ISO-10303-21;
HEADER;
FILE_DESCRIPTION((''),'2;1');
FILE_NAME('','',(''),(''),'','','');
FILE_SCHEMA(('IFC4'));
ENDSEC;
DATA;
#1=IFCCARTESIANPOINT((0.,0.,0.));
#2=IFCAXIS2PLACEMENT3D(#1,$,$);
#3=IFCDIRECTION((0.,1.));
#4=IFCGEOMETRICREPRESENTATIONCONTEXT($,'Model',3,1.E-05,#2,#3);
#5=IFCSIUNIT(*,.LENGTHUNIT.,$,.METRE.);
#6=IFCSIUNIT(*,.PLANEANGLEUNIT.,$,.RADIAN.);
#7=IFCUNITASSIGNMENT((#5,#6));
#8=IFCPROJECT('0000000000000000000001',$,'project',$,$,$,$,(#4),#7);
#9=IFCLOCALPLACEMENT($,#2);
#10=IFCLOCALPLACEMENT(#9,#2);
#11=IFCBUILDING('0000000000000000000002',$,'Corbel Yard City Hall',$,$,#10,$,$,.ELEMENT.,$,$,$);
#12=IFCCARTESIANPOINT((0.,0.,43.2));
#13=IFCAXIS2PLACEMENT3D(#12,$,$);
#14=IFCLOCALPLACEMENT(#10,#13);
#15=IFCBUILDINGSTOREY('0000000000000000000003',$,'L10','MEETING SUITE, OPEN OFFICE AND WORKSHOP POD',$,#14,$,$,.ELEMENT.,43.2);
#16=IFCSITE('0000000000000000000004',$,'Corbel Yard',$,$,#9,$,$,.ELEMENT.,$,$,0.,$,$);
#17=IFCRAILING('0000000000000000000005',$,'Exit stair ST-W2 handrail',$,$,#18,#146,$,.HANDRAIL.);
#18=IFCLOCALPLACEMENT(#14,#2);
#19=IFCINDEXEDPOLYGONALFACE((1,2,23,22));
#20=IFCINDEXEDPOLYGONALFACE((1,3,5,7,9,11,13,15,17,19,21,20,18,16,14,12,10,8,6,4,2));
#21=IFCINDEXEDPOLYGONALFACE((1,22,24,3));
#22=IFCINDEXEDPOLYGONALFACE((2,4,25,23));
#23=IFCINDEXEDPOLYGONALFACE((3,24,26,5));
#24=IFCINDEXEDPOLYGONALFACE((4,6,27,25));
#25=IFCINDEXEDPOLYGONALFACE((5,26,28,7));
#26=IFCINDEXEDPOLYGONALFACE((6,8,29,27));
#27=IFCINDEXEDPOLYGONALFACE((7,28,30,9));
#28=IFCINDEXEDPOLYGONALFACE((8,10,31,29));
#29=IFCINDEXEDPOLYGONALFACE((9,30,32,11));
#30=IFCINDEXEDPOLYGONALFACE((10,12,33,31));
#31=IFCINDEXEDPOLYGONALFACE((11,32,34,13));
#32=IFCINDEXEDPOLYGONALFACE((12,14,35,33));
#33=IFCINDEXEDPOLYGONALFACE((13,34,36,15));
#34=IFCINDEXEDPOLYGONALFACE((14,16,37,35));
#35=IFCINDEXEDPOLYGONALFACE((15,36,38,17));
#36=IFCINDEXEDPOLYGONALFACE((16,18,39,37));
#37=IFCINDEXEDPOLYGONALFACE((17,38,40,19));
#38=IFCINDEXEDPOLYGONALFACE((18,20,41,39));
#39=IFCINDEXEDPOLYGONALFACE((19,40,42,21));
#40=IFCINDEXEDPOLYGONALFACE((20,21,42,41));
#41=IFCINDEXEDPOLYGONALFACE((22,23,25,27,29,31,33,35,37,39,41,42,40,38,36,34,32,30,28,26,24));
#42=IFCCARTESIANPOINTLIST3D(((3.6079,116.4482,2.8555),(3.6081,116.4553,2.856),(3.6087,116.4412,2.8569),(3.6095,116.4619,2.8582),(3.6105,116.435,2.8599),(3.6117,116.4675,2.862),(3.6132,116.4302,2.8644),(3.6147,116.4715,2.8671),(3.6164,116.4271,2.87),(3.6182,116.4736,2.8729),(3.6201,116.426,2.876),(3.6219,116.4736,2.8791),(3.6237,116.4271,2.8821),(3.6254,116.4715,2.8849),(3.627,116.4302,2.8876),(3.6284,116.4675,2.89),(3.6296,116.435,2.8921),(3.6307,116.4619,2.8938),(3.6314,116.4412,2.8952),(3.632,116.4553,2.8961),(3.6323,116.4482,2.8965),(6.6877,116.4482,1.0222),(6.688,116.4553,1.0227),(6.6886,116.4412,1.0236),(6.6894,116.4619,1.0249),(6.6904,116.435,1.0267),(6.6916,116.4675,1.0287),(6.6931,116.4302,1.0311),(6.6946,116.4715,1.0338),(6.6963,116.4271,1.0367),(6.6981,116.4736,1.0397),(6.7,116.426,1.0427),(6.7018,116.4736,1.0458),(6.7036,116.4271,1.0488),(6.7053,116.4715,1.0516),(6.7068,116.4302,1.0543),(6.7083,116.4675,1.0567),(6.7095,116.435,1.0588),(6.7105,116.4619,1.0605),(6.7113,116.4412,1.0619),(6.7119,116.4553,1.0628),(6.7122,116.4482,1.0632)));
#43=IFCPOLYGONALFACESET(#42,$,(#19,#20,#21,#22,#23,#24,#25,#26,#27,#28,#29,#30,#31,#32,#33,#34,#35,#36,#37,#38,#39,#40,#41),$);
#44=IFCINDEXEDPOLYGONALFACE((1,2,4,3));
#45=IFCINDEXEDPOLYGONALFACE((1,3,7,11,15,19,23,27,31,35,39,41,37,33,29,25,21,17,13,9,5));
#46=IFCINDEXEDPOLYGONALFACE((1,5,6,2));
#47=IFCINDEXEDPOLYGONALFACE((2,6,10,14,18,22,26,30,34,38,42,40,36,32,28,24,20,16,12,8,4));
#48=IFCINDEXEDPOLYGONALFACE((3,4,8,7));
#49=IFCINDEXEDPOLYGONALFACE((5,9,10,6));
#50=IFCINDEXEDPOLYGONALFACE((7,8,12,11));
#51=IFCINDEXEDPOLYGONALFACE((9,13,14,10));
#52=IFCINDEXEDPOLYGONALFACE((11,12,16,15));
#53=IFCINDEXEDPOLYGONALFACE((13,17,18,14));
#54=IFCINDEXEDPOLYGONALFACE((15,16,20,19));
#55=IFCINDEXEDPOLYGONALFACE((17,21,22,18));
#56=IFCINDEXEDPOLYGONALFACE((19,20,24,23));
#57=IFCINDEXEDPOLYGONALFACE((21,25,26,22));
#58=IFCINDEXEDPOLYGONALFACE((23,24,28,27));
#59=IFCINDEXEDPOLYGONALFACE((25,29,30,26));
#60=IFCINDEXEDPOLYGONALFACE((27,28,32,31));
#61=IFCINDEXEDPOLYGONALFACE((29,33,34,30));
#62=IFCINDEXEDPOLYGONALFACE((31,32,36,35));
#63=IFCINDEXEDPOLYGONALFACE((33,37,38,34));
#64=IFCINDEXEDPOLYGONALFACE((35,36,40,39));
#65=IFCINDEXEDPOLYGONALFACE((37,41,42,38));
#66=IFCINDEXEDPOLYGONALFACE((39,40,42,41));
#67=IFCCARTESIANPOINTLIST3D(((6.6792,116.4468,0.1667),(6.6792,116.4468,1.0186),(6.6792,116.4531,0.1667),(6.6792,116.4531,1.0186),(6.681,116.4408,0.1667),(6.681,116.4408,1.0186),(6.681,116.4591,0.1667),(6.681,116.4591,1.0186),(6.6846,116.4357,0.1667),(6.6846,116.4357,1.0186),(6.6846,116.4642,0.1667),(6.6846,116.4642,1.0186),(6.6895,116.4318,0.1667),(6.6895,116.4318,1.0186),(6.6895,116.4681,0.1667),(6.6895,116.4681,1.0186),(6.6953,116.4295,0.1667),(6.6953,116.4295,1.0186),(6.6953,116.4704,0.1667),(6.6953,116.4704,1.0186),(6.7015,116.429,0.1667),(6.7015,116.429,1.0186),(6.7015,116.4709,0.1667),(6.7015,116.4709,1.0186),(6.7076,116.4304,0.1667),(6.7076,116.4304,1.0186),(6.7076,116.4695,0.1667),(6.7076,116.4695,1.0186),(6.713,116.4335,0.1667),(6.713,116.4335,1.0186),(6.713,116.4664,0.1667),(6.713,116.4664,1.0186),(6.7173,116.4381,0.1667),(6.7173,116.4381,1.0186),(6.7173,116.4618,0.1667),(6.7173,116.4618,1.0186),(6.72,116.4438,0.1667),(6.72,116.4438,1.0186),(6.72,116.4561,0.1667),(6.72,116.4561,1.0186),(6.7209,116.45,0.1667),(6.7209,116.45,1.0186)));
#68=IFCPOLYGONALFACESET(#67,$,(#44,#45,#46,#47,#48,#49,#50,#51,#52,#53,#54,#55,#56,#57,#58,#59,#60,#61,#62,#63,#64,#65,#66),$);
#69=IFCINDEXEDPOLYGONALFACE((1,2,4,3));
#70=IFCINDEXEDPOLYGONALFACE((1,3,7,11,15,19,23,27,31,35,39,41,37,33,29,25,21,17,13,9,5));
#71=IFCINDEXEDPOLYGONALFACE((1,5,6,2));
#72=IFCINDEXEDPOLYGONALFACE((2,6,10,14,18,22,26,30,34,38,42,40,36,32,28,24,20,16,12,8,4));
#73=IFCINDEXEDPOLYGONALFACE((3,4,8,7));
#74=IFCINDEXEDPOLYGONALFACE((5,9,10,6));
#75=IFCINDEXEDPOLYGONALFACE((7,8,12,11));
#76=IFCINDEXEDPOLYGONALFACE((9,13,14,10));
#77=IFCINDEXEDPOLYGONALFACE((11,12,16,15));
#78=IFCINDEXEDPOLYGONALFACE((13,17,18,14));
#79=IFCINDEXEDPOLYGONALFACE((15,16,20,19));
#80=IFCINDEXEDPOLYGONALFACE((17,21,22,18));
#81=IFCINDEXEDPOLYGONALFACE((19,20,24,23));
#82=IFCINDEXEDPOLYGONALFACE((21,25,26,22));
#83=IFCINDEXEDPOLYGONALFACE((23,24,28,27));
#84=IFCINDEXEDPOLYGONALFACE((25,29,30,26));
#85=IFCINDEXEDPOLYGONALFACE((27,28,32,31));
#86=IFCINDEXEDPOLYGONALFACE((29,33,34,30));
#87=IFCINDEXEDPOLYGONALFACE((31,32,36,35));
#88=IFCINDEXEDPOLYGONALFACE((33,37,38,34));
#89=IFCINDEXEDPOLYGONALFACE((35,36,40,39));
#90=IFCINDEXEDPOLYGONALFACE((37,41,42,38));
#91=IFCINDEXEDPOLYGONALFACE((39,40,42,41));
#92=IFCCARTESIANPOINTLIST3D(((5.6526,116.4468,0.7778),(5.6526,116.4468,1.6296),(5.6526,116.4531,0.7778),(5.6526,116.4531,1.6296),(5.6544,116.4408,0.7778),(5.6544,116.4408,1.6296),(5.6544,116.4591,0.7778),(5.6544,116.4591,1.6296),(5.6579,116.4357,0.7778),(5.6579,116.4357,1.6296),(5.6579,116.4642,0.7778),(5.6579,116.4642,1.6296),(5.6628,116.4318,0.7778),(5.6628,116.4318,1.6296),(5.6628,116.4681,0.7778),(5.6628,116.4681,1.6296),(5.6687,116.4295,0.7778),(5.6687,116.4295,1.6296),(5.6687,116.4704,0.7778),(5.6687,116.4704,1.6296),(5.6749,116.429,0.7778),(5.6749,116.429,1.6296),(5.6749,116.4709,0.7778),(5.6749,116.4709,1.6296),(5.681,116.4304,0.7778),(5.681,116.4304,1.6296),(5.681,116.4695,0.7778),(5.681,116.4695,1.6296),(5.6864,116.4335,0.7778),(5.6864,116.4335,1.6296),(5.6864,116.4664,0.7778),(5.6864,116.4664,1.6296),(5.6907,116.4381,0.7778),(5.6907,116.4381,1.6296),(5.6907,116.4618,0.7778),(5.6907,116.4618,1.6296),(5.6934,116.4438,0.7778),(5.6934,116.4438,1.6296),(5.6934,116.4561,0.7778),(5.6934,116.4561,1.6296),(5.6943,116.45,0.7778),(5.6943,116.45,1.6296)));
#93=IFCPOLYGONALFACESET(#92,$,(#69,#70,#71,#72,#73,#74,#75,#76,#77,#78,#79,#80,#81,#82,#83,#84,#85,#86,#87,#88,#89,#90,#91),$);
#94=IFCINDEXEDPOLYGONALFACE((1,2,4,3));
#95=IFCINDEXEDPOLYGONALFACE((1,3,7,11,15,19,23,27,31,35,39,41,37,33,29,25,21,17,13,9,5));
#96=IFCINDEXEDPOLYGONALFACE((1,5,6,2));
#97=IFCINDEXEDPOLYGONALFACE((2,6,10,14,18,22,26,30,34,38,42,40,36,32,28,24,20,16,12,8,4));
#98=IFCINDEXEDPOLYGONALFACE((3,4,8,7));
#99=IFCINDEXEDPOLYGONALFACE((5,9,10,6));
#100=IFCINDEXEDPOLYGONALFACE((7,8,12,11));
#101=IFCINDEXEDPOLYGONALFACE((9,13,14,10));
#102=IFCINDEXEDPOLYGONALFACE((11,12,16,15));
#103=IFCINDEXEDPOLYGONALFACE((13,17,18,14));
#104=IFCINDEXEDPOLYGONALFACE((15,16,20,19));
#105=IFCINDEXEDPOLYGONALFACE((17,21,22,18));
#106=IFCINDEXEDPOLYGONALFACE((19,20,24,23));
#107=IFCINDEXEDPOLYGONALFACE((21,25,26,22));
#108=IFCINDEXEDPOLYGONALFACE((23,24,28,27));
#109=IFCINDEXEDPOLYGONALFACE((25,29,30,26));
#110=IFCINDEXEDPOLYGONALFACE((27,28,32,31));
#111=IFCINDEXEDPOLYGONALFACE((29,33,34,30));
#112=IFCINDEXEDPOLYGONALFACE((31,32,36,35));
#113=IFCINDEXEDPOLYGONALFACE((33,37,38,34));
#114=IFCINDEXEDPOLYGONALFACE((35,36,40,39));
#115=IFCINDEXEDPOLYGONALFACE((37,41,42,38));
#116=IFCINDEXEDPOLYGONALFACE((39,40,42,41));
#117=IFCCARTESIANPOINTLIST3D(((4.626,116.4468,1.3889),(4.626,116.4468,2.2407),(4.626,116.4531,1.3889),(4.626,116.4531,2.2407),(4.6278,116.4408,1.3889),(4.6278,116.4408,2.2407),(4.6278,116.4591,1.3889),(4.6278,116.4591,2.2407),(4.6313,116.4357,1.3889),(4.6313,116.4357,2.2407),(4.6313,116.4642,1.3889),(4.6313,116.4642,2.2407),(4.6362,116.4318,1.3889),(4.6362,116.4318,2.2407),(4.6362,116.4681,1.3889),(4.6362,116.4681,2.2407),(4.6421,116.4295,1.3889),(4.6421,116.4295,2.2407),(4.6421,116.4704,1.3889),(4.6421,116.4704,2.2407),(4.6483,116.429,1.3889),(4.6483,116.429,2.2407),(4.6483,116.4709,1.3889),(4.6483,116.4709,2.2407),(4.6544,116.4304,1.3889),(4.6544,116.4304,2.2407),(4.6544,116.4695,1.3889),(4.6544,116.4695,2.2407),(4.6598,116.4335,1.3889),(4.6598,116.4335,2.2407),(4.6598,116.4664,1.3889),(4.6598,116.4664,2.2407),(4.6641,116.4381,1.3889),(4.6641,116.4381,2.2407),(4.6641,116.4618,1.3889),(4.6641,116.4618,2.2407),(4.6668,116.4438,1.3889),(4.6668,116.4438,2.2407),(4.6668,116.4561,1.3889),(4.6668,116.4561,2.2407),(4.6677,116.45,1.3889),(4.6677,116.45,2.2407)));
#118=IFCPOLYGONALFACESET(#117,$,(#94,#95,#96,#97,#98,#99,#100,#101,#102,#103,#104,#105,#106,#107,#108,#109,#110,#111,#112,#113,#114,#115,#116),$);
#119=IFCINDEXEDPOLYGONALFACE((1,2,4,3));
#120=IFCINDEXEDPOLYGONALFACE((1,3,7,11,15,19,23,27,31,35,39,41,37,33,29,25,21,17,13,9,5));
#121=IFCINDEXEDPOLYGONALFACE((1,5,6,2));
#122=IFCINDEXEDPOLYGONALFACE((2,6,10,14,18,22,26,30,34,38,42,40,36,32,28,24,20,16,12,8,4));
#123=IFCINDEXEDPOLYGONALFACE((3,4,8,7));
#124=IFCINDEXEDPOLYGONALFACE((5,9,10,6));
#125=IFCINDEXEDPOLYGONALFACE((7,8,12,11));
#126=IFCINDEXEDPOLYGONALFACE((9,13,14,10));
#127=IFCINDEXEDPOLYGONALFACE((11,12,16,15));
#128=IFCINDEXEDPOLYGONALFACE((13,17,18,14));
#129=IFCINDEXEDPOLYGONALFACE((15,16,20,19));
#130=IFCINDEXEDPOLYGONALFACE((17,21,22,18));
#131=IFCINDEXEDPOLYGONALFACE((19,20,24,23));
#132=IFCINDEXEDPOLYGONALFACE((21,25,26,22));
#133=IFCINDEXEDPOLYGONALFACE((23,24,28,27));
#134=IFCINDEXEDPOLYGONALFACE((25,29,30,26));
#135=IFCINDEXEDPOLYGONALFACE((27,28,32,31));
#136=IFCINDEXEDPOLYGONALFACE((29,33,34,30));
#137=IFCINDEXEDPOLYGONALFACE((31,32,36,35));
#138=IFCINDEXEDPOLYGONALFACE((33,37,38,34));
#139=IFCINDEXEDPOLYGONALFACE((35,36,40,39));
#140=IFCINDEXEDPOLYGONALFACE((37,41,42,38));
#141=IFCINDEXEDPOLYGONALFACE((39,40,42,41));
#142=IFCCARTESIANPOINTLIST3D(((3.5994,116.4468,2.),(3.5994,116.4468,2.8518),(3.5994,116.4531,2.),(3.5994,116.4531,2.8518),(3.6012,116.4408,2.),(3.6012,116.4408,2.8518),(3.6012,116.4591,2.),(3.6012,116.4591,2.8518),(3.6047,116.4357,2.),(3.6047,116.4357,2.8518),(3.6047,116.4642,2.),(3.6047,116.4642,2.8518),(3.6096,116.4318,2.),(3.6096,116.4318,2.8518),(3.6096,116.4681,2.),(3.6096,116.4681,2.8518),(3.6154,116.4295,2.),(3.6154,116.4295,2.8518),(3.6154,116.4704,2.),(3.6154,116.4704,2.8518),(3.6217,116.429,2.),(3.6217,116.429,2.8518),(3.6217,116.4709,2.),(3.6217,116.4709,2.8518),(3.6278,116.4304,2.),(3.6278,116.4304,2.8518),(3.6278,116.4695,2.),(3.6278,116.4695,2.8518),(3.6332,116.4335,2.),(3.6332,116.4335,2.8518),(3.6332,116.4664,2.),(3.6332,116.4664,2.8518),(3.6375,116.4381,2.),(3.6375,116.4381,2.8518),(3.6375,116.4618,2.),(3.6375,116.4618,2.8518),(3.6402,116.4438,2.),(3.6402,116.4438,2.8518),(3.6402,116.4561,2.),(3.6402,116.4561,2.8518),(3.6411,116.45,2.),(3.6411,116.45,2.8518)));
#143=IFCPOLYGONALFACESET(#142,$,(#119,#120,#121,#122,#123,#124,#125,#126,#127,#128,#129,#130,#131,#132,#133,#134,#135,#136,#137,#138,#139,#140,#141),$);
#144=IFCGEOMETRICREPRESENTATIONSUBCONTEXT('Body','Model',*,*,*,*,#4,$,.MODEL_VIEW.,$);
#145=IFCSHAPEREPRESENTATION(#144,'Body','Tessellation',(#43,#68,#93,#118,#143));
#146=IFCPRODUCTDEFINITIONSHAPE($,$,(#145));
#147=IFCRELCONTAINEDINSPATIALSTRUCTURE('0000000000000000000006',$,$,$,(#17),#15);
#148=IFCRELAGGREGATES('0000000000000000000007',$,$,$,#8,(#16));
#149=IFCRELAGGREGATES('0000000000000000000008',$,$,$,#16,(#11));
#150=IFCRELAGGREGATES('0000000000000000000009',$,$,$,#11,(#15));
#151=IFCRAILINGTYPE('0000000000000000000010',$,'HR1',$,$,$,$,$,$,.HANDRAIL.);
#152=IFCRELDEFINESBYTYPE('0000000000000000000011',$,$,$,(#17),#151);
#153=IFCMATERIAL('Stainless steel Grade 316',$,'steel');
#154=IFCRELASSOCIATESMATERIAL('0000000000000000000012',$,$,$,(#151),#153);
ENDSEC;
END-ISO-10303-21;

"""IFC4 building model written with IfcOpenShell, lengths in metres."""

from ifc_helpers import new_model, si_unit, direction, frame, origin, origin_2d, place, context, subcontext, project, spatial, circle, extrude, material, type_object, element, save


model = new_model("IFC4")

# Units and contexts
model_context = context("Model", 3, precision=1e-05, world=origin(), true_north=direction((0.0, 1.0)))
body_context = subcontext(model_context, "Body", "Model", "MODEL_VIEW")
ifc_project = project(units=[si_unit("LENGTHUNIT", "METRE"), si_unit("PLANEANGLEUNIT", "RADIAN")], contexts=[model_context])

# Site, building, storey
site_placement = place(None, origin())
site = spatial("IfcSite", under=ifc_project, at=site_placement, Name="Corbel Yard", CompositionType="ELEMENT", RefElevation=0.0)
building_placement = place(site_placement, origin())
building = spatial("IfcBuilding", under=site, at=building_placement, Name="Corbel Yard City Hall", CompositionType="ELEMENT")
storey_placement = place(building_placement, frame((0.0, 0.0, 43.2)))
storey = spatial("IfcBuildingStorey", under=building, at=storey_placement, Name="L10", Description="MEETING SUITE, OPEN OFFICE AND WORKSHOP POD", CompositionType="ELEMENT", Elevation=43.2)

# Railing
ifc_material_1 = material(Name="Stainless steel Grade 316", Category="steel")
railing_type = type_object("IfcRailingType", Name="HR1", PredefinedType="HANDRAIL", material=ifc_material_1)
for number, where, name in (
    (1, (6.7, 116.45, 0.1667), "Exit stair ST-W2 handrail"),
):
    element("IfcRailing", number, at=place(storey_placement, frame(where)), inside=storey, type_object=railing_type, Name=name, PredefinedType="HANDRAIL", context=body_context, shape_type="SweptSolid", body=[
        extrude(circle(Radius=0.0239, at=origin_2d()), frame((0.0, 0.0, 0.876), z_axis=(-0.859291, 0.0, 0.511487), x_axis=(0.0, -1.0, 0.0)), (0.0, 0.0, 1.0), 3.5842),
        extrude(circle(Radius=0.021, at=origin_2d()), origin(), (0.0, 0.0, 1.0), 0.8518),
        extrude(circle(Radius=0.021, at=origin_2d()), frame((-1.0266, 0.0, 0.6111)), (0.0, 0.0, 1.0), 0.8518),
        extrude(circle(Radius=0.021, at=origin_2d()), frame((-2.0532, 0.0, 1.2222)), (0.0, 0.0, 1.0), 0.8518),
        extrude(circle(Radius=0.021, at=origin_2d()), frame((-3.0798, 0.0, 1.8333)), (0.0, 0.0, 1.0), 0.8518),
    ])

save(model, "model.ifc")
